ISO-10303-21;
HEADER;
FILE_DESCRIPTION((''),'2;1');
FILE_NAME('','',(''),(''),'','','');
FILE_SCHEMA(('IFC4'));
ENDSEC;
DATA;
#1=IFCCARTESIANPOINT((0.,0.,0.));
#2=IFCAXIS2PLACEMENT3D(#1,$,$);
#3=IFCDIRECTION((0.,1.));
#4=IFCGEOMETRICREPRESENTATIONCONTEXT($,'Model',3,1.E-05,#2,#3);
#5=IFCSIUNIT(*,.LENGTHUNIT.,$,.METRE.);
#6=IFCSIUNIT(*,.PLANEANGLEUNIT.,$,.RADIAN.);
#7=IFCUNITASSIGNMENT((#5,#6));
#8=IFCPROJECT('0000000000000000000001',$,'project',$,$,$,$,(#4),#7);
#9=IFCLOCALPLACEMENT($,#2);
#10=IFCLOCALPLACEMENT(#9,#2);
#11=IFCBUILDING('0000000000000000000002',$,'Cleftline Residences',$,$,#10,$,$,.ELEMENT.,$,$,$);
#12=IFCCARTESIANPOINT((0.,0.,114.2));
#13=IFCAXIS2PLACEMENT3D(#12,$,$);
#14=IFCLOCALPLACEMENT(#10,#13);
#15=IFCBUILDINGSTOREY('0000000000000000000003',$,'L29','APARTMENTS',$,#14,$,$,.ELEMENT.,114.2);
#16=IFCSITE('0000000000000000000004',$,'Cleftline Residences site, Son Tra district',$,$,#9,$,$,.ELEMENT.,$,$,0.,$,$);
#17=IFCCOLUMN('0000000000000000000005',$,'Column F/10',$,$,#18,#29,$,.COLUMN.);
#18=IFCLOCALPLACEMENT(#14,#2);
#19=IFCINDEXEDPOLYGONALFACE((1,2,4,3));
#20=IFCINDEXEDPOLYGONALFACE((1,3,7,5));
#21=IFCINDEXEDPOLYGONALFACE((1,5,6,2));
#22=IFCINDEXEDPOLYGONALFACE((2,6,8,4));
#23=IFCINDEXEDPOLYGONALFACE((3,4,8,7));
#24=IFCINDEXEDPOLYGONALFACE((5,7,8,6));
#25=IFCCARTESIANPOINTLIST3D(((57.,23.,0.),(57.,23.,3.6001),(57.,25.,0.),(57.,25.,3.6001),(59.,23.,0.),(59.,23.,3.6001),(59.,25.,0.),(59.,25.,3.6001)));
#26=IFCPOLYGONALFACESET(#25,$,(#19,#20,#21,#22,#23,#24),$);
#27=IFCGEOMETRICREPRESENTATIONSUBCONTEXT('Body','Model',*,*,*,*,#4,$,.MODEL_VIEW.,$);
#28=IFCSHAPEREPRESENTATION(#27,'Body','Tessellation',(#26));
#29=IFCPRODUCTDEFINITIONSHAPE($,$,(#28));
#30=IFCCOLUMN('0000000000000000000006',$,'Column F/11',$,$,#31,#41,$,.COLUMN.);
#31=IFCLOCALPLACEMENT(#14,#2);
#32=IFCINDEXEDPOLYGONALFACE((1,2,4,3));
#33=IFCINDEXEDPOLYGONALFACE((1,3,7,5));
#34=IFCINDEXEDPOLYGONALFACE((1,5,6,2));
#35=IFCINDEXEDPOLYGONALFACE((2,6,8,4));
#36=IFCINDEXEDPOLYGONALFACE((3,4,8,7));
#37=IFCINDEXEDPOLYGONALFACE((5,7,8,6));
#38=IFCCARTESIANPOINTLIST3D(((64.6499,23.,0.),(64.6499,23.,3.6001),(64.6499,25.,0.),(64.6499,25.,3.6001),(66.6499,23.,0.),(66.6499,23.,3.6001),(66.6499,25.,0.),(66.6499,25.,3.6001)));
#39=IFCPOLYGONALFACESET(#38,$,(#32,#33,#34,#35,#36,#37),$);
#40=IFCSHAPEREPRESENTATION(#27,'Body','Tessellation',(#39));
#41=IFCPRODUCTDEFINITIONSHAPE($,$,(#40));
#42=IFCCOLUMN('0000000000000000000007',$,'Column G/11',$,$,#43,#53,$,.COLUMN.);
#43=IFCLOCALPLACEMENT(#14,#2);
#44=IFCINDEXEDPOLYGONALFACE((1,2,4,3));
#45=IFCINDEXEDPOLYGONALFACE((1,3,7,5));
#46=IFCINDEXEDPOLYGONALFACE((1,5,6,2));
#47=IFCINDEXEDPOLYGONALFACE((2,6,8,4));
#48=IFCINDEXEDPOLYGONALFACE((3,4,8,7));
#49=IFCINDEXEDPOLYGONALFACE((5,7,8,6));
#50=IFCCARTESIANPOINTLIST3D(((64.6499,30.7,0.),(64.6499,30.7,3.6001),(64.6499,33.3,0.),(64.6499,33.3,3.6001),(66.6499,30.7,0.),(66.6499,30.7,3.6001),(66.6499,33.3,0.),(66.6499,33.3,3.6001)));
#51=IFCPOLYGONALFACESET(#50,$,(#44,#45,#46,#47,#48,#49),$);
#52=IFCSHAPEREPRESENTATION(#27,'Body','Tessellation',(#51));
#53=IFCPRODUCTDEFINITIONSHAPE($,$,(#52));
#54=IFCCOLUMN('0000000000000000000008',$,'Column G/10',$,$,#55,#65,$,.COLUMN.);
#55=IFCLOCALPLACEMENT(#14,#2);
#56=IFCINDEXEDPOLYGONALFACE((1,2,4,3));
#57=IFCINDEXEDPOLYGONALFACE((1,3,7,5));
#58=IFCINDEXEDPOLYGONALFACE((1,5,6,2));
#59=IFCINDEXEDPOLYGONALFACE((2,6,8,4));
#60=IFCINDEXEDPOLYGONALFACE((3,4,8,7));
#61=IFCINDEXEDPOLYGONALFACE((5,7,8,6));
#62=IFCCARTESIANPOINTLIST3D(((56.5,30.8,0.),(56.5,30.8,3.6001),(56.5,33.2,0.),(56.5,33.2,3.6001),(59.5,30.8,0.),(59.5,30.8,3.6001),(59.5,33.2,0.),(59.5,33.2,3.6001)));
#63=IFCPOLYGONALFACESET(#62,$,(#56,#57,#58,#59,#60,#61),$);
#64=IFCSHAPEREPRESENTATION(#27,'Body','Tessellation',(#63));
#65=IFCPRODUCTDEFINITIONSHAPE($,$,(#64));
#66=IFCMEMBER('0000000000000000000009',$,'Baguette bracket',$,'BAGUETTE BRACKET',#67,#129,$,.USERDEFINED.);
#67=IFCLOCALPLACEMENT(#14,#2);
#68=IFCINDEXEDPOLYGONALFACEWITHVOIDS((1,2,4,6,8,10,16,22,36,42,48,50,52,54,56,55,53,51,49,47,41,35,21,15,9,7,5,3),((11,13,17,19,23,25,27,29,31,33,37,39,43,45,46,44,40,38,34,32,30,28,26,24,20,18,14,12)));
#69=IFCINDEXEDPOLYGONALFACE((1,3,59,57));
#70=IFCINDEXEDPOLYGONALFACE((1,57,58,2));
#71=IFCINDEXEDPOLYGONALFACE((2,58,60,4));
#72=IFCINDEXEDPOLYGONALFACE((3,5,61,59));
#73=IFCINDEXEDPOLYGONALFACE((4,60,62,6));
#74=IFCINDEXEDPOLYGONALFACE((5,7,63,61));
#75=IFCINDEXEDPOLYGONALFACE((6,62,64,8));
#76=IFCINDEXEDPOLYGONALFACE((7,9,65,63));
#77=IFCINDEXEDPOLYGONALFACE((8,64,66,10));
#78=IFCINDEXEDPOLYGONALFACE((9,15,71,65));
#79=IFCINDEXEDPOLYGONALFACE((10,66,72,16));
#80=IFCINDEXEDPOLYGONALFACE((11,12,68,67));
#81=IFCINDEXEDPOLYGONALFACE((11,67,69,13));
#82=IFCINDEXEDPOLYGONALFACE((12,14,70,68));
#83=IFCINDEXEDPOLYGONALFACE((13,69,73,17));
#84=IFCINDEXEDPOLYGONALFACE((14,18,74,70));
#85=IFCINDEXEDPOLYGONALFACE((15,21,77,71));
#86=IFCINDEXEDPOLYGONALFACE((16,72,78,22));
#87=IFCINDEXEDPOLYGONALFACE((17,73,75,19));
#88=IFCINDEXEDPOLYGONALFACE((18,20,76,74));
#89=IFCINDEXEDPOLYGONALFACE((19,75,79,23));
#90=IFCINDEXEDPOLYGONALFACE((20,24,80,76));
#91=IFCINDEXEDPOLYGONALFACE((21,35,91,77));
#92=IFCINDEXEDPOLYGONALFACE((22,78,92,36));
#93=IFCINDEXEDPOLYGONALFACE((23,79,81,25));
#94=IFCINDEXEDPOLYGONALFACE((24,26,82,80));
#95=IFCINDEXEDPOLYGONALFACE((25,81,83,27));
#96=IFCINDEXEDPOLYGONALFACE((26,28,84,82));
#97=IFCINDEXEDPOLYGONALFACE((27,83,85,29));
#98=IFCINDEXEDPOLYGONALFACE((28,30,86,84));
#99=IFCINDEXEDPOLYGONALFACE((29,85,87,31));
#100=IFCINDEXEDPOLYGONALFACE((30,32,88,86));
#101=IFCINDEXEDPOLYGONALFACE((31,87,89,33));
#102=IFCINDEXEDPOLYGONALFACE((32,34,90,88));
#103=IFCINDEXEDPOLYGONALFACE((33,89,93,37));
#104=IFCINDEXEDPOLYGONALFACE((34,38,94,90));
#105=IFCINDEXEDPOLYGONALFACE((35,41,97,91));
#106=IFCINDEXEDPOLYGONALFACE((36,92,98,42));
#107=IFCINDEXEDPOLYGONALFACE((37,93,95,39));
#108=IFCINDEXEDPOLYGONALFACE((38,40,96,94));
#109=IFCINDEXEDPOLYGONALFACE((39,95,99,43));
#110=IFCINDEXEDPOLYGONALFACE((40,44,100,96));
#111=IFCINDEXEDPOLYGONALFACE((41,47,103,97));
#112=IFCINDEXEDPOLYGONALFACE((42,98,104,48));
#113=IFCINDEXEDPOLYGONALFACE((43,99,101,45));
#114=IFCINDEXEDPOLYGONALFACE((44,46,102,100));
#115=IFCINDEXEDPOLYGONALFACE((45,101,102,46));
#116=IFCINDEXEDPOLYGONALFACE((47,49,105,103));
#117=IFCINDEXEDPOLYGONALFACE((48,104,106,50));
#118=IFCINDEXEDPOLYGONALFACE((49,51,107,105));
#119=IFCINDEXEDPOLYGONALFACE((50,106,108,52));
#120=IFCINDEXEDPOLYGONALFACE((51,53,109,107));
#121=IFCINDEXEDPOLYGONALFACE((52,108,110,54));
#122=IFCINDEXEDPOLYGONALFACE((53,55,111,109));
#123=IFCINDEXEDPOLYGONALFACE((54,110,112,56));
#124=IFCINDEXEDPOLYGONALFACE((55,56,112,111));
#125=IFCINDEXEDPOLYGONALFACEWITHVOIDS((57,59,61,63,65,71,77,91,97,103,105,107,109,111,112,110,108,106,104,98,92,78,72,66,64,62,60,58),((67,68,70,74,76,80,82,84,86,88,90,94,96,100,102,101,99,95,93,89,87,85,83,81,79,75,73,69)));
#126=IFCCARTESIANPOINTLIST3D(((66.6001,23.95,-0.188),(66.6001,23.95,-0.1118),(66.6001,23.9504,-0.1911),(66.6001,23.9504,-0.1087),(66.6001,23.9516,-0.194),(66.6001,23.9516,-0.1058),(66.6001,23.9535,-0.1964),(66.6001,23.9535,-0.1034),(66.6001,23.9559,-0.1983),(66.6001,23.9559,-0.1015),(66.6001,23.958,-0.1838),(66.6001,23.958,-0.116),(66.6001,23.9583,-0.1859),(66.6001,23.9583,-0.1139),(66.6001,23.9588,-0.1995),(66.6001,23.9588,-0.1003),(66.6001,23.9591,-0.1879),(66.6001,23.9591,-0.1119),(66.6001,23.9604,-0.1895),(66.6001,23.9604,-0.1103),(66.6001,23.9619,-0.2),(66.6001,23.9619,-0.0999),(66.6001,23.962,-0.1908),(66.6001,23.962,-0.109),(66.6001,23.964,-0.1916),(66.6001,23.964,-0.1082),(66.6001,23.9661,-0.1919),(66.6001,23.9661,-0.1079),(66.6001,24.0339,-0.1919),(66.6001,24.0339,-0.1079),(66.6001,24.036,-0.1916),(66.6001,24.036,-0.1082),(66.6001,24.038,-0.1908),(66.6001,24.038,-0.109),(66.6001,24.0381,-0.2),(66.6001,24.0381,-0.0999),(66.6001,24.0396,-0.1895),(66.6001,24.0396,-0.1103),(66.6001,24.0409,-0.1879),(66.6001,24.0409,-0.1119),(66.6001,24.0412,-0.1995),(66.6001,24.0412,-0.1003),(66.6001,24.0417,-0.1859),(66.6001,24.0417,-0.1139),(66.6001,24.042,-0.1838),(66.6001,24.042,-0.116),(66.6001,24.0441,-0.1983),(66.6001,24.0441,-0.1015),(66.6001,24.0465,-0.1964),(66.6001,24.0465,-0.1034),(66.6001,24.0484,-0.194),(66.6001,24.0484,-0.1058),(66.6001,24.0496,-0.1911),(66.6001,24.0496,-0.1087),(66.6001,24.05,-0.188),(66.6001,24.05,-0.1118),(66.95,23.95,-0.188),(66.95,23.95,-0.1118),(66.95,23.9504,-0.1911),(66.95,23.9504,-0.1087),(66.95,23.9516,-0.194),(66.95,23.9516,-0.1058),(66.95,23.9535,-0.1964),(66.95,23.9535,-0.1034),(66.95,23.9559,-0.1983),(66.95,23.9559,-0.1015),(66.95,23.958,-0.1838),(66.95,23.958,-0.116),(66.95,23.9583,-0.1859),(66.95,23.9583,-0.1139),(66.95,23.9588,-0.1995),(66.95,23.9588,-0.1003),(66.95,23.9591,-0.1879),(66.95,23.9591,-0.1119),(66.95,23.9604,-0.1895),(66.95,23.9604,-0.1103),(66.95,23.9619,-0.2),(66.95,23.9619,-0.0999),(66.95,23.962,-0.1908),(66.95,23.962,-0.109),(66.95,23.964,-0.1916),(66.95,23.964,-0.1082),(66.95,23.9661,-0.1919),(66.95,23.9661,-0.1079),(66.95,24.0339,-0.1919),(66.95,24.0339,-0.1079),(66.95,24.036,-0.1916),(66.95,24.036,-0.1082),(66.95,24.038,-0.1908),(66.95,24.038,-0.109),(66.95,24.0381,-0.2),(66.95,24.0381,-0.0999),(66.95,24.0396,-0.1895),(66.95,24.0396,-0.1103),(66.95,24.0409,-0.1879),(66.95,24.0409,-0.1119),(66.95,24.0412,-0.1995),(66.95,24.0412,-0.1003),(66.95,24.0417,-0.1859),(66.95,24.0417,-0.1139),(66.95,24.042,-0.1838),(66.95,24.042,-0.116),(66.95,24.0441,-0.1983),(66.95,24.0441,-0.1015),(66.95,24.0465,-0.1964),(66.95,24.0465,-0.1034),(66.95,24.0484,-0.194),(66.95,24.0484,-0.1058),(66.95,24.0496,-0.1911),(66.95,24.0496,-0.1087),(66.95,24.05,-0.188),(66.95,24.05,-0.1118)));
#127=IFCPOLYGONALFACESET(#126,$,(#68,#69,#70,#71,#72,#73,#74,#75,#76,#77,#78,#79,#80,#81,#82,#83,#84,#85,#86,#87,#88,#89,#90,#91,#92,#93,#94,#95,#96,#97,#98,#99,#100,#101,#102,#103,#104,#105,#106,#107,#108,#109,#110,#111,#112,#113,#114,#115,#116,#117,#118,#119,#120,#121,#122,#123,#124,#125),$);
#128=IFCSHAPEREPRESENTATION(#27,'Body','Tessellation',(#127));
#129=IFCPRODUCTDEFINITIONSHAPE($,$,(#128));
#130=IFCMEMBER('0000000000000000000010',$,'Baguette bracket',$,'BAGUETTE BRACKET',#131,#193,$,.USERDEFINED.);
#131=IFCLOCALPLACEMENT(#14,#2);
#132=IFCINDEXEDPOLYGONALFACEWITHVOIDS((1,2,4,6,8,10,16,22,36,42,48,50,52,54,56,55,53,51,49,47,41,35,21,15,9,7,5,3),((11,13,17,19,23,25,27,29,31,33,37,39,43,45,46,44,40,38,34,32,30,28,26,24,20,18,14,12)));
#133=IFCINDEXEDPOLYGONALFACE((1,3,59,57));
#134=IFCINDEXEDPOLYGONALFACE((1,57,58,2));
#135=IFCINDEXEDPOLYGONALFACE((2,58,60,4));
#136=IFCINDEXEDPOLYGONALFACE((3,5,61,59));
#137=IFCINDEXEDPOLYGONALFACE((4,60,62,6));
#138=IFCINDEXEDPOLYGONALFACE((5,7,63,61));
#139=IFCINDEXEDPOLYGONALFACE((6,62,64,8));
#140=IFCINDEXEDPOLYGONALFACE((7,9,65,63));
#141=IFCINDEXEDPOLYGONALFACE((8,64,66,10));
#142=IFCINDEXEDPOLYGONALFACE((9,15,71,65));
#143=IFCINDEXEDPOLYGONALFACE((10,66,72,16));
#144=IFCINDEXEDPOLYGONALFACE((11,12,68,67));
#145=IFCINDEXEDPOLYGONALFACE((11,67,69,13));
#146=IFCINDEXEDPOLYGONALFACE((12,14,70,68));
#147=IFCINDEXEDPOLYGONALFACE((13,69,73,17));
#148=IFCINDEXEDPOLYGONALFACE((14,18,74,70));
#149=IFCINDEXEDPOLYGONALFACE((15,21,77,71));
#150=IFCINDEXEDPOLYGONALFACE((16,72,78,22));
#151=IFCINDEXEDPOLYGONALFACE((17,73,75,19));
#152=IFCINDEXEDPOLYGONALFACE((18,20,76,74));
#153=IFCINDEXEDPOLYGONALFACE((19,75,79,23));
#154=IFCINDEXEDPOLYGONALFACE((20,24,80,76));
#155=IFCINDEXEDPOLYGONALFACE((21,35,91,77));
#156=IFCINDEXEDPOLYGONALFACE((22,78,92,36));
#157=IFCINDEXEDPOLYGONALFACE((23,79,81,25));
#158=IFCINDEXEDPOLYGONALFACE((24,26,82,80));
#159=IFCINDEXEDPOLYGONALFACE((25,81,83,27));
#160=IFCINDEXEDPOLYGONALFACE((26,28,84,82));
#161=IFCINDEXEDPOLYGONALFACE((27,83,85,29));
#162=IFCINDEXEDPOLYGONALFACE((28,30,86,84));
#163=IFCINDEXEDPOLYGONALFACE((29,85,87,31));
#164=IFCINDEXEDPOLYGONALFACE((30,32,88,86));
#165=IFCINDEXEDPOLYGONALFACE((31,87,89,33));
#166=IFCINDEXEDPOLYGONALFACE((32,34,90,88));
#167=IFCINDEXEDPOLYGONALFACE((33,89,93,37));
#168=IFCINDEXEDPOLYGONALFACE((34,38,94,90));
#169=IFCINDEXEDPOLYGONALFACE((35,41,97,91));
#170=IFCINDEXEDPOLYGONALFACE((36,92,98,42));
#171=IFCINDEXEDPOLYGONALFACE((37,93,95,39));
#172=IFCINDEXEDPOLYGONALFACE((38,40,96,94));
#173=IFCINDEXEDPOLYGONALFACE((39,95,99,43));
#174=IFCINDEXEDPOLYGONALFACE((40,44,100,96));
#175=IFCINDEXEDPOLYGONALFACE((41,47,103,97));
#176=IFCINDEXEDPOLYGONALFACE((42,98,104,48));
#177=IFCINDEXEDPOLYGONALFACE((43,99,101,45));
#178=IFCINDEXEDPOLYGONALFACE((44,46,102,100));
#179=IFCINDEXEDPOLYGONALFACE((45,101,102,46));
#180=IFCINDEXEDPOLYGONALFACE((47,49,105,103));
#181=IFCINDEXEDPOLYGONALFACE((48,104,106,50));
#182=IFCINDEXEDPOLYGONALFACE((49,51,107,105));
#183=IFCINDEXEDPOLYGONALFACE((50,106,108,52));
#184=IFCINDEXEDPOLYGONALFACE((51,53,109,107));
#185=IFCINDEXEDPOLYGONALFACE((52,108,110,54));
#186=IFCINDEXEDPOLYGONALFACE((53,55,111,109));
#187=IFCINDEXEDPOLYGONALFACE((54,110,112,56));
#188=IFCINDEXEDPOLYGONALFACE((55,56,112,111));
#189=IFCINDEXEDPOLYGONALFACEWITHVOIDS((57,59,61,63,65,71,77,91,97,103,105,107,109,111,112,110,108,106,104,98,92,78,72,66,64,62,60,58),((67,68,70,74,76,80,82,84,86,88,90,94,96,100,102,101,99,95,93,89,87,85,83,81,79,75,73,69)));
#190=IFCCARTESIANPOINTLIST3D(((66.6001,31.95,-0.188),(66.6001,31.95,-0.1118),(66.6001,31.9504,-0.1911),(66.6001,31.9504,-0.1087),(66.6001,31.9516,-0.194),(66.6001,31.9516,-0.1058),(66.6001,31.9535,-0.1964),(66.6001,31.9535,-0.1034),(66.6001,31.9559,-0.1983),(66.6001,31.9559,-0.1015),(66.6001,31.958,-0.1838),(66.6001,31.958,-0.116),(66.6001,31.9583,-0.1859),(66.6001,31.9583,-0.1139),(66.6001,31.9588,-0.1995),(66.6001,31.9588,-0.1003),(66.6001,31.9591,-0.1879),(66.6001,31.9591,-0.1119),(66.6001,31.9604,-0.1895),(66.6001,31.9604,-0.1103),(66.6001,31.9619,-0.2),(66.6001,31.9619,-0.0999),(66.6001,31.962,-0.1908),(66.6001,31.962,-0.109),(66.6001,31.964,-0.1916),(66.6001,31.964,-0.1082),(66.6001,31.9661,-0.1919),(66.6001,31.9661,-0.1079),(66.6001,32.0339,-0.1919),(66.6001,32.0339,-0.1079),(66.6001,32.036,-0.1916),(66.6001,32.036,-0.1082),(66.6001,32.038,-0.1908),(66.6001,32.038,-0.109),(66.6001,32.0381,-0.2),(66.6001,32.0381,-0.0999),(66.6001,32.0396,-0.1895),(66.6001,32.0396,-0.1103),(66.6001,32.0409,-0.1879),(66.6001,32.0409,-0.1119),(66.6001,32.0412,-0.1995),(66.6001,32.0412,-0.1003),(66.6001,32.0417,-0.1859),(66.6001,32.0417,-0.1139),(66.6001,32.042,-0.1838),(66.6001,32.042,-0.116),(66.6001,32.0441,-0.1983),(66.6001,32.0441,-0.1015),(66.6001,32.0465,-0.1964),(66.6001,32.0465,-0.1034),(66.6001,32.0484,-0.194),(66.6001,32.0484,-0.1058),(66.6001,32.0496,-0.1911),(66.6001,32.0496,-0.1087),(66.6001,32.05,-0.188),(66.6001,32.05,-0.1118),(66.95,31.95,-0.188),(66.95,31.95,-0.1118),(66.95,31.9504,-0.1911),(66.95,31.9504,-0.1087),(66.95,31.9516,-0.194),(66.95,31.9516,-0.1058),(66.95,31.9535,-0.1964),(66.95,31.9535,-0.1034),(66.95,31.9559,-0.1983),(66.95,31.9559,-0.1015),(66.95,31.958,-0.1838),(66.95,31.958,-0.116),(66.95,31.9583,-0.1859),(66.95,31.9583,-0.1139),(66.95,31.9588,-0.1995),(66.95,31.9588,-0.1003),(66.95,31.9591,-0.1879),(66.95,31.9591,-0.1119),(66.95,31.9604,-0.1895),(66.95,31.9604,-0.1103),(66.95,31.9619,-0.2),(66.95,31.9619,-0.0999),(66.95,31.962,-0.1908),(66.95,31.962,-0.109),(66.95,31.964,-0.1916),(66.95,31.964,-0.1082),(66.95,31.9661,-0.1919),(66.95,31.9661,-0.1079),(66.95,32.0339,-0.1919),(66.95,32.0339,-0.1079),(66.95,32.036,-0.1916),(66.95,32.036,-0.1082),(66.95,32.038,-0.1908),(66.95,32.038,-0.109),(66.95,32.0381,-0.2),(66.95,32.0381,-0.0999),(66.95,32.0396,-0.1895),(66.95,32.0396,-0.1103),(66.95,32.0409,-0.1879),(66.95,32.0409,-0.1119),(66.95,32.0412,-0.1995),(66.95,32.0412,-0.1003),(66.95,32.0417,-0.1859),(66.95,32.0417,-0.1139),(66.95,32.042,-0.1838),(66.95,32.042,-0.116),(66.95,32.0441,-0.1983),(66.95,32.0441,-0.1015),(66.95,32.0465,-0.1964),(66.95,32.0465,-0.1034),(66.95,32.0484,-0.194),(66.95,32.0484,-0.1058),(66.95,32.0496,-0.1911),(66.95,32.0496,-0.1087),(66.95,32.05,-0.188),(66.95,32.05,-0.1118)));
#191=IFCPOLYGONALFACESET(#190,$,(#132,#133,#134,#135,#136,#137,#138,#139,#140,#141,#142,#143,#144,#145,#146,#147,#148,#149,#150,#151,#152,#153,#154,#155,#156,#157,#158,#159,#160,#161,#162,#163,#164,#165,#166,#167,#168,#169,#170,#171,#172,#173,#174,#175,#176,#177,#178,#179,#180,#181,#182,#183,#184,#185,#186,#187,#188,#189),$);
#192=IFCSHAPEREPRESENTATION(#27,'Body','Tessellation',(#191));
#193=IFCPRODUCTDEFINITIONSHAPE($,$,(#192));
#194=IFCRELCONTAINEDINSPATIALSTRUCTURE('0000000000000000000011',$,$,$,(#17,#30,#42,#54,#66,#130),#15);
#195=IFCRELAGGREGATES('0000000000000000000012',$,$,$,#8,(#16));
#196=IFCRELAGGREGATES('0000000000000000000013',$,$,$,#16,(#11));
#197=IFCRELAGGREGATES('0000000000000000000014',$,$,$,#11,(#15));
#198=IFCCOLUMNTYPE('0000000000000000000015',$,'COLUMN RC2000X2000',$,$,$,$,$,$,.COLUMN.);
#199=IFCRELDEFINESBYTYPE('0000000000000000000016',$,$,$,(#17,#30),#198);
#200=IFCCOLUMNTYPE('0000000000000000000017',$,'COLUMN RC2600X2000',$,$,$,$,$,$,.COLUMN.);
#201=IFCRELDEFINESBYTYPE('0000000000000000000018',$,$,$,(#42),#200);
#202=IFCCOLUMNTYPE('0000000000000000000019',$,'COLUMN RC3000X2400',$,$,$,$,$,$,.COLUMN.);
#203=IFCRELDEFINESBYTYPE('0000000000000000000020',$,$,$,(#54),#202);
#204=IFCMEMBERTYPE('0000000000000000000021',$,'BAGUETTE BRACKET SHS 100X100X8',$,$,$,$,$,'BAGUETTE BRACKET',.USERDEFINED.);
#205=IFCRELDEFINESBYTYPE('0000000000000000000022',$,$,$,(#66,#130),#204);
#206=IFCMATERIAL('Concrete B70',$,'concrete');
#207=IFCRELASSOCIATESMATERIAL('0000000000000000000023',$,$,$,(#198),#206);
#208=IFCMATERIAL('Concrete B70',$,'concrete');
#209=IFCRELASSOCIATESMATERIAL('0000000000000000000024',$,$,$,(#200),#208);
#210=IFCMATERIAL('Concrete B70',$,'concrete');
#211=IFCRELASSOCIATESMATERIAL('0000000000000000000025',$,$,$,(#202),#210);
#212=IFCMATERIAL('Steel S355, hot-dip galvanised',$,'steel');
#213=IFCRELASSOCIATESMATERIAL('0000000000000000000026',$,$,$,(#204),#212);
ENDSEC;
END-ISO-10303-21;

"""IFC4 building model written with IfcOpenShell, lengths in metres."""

from ifc_helpers import new_model, si_unit, direction, frame, origin, origin_2d, place, context, subcontext, project, spatial, rectangle, hollow_rectangle, extrude, material, material_profile, profile_set, type_object, element, save


model = new_model("IFC4")

# Units and contexts
model_context = context("Model", 3, precision=1e-05, world=origin(), true_north=direction((0.0, 1.0)))
body_context = subcontext(model_context, "Body", "Model", "MODEL_VIEW")
ifc_project = project(units=[si_unit("LENGTHUNIT", "METRE"), si_unit("PLANEANGLEUNIT", "RADIAN")], contexts=[model_context])

# Site, building, storey
site_placement = place(None, origin())
site = spatial("IfcSite", under=ifc_project, at=site_placement, Name="Cleftline Residences site, Son Tra district", CompositionType="ELEMENT", RefElevation=0.0)
building_placement = place(site_placement, origin())
building = spatial("IfcBuilding", under=site, at=building_placement, Name="Cleftline Residences", CompositionType="ELEMENT")
storey_placement = place(building_placement, frame((0.0, 0.0, 114.2)))
storey = spatial("IfcBuildingStorey", under=building, at=storey_placement, Name="L29", Description="APARTMENTS", CompositionType="ELEMENT", Elevation=114.2)

# Columns
ifc_material_1 = material(Name="Concrete B70", Category="concrete")
ifc_material_profile_1 = material_profile(ifc_material_1, rectangle(XDim=2.0, YDim=2.0, at=origin_2d()))
ifc_profile_set_1 = profile_set([ifc_material_profile_1], Name="Concrete B70")
column_type_1 = type_object("IfcColumnType", Name="COLUMN RC2000X2000", PredefinedType="COLUMN", material=ifc_profile_set_1)
for number, where, z_axis, x_axis, name in (
    (1, (58.0, 24.0, 0.0), (0.0, 0.0, 1.0), (1.0, 0.0, 0.0), "Column F/10"),
    (2, (65.6499, 24.0, 0.0), (0.0, 0.0, 1.0), (1.0, 0.0, 0.0), "Column F/11"),
):
    element("IfcColumn", number, at=place(storey_placement, frame(where, z_axis=z_axis, x_axis=x_axis)), inside=storey, type_object=column_type_1, Name=name, PredefinedType="COLUMN", context=body_context, shape_type="SweptSolid", body=[
        extrude(rectangle(XDim=2.0, YDim=2.0, at=origin_2d()), origin(), (0.0, 0.0, 1.0), 3.6001),
    ])
ifc_material_2 = material(Name="Concrete B70", Category="concrete")
ifc_material_profile_2 = material_profile(ifc_material_2, rectangle(XDim=2.6001, YDim=2.0, at=origin_2d()))
ifc_profile_set_2 = profile_set([ifc_material_profile_2], Name="Concrete B70")
column_type_2 = type_object("IfcColumnType", Name="COLUMN RC2600X2000", PredefinedType="COLUMN", material=ifc_profile_set_2)
column_1_placement = place(storey_placement, frame((65.6499, 32.0, 0.0), z_axis=(0.0, 0.0, 1.0), x_axis=(0.0, 1.0, 0.0)))
element("IfcColumn", 3, at=column_1_placement, inside=storey, type_object=column_type_2, Name="Column G/11", PredefinedType="COLUMN", context=body_context, shape_type="SweptSolid", body=[
    extrude(rectangle(XDim=2.6001, YDim=2.0, at=origin_2d()), origin(), (0.0, 0.0, 1.0), 3.6001),
])
ifc_material_3 = material(Name="Concrete B70", Category="concrete")
ifc_material_profile_3 = material_profile(ifc_material_3, rectangle(XDim=3.0, YDim=2.3999, at=origin_2d()))
ifc_profile_set_3 = profile_set([ifc_material_profile_3], Name="Concrete B70")
column_type_3 = type_object("IfcColumnType", Name="COLUMN RC3000X2400", PredefinedType="COLUMN", material=ifc_profile_set_3)
column_2_placement = place(storey_placement, frame((58.0, 32.0, 0.0), z_axis=(0.0, 0.0, 1.0), x_axis=(1.0, 0.0, 0.0)))
element("IfcColumn", 4, at=column_2_placement, inside=storey, type_object=column_type_3, Name="Column G/10", PredefinedType="COLUMN", context=body_context, shape_type="SweptSolid", body=[
    extrude(rectangle(XDim=3.0, YDim=2.3999, at=origin_2d()), origin(), (0.0, 0.0, 1.0), 3.6001),
])

# Members
ifc_material_4 = material(Name="Steel S355, hot-dip galvanised", Category="steel")
ifc_material_profile_4 = material_profile(ifc_material_4, hollow_rectangle(XDim=0.1001, YDim=0.1001, WallThickness=0.0081, InnerFilletRadius=0.0081, OuterFilletRadius=0.012, at=origin_2d()))
ifc_profile_set_4 = profile_set([ifc_material_profile_4], Name="Steel S355, hot-dip galvanised")
member_type_1 = type_object("IfcMemberType", Name="BAGUETTE BRACKET SHS 100X100X8", ElementType="BAGUETTE BRACKET", PredefinedType="USERDEFINED", material=ifc_profile_set_4)
for number, where, z_axis, x_axis, name in (
    (5, (66.6001, 24.0, -0.1499), (1.0, 0.0, 0.0), (0.0, 1.0, 0.0), "Baguette bracket"),
    (6, (66.6001, 32.0, -0.1499), (1.0, 0.0, 0.0), (0.0, 1.0, 0.0), "Baguette bracket"),
):
    element("IfcMember", number, at=place(storey_placement, frame(where, z_axis=z_axis, x_axis=x_axis)), inside=storey, type_object=member_type_1, Name=name, ObjectType="BAGUETTE BRACKET", PredefinedType="USERDEFINED", context=body_context, shape_type="SweptSolid", body=[
        extrude(hollow_rectangle(XDim=0.1001, YDim=0.1001, WallThickness=0.0081, InnerFilletRadius=0.0081, OuterFilletRadius=0.012, at=origin_2d()), origin(), (0.0, 0.0, 1.0), 0.3499),
    ])

save(model, "model.ifc")
